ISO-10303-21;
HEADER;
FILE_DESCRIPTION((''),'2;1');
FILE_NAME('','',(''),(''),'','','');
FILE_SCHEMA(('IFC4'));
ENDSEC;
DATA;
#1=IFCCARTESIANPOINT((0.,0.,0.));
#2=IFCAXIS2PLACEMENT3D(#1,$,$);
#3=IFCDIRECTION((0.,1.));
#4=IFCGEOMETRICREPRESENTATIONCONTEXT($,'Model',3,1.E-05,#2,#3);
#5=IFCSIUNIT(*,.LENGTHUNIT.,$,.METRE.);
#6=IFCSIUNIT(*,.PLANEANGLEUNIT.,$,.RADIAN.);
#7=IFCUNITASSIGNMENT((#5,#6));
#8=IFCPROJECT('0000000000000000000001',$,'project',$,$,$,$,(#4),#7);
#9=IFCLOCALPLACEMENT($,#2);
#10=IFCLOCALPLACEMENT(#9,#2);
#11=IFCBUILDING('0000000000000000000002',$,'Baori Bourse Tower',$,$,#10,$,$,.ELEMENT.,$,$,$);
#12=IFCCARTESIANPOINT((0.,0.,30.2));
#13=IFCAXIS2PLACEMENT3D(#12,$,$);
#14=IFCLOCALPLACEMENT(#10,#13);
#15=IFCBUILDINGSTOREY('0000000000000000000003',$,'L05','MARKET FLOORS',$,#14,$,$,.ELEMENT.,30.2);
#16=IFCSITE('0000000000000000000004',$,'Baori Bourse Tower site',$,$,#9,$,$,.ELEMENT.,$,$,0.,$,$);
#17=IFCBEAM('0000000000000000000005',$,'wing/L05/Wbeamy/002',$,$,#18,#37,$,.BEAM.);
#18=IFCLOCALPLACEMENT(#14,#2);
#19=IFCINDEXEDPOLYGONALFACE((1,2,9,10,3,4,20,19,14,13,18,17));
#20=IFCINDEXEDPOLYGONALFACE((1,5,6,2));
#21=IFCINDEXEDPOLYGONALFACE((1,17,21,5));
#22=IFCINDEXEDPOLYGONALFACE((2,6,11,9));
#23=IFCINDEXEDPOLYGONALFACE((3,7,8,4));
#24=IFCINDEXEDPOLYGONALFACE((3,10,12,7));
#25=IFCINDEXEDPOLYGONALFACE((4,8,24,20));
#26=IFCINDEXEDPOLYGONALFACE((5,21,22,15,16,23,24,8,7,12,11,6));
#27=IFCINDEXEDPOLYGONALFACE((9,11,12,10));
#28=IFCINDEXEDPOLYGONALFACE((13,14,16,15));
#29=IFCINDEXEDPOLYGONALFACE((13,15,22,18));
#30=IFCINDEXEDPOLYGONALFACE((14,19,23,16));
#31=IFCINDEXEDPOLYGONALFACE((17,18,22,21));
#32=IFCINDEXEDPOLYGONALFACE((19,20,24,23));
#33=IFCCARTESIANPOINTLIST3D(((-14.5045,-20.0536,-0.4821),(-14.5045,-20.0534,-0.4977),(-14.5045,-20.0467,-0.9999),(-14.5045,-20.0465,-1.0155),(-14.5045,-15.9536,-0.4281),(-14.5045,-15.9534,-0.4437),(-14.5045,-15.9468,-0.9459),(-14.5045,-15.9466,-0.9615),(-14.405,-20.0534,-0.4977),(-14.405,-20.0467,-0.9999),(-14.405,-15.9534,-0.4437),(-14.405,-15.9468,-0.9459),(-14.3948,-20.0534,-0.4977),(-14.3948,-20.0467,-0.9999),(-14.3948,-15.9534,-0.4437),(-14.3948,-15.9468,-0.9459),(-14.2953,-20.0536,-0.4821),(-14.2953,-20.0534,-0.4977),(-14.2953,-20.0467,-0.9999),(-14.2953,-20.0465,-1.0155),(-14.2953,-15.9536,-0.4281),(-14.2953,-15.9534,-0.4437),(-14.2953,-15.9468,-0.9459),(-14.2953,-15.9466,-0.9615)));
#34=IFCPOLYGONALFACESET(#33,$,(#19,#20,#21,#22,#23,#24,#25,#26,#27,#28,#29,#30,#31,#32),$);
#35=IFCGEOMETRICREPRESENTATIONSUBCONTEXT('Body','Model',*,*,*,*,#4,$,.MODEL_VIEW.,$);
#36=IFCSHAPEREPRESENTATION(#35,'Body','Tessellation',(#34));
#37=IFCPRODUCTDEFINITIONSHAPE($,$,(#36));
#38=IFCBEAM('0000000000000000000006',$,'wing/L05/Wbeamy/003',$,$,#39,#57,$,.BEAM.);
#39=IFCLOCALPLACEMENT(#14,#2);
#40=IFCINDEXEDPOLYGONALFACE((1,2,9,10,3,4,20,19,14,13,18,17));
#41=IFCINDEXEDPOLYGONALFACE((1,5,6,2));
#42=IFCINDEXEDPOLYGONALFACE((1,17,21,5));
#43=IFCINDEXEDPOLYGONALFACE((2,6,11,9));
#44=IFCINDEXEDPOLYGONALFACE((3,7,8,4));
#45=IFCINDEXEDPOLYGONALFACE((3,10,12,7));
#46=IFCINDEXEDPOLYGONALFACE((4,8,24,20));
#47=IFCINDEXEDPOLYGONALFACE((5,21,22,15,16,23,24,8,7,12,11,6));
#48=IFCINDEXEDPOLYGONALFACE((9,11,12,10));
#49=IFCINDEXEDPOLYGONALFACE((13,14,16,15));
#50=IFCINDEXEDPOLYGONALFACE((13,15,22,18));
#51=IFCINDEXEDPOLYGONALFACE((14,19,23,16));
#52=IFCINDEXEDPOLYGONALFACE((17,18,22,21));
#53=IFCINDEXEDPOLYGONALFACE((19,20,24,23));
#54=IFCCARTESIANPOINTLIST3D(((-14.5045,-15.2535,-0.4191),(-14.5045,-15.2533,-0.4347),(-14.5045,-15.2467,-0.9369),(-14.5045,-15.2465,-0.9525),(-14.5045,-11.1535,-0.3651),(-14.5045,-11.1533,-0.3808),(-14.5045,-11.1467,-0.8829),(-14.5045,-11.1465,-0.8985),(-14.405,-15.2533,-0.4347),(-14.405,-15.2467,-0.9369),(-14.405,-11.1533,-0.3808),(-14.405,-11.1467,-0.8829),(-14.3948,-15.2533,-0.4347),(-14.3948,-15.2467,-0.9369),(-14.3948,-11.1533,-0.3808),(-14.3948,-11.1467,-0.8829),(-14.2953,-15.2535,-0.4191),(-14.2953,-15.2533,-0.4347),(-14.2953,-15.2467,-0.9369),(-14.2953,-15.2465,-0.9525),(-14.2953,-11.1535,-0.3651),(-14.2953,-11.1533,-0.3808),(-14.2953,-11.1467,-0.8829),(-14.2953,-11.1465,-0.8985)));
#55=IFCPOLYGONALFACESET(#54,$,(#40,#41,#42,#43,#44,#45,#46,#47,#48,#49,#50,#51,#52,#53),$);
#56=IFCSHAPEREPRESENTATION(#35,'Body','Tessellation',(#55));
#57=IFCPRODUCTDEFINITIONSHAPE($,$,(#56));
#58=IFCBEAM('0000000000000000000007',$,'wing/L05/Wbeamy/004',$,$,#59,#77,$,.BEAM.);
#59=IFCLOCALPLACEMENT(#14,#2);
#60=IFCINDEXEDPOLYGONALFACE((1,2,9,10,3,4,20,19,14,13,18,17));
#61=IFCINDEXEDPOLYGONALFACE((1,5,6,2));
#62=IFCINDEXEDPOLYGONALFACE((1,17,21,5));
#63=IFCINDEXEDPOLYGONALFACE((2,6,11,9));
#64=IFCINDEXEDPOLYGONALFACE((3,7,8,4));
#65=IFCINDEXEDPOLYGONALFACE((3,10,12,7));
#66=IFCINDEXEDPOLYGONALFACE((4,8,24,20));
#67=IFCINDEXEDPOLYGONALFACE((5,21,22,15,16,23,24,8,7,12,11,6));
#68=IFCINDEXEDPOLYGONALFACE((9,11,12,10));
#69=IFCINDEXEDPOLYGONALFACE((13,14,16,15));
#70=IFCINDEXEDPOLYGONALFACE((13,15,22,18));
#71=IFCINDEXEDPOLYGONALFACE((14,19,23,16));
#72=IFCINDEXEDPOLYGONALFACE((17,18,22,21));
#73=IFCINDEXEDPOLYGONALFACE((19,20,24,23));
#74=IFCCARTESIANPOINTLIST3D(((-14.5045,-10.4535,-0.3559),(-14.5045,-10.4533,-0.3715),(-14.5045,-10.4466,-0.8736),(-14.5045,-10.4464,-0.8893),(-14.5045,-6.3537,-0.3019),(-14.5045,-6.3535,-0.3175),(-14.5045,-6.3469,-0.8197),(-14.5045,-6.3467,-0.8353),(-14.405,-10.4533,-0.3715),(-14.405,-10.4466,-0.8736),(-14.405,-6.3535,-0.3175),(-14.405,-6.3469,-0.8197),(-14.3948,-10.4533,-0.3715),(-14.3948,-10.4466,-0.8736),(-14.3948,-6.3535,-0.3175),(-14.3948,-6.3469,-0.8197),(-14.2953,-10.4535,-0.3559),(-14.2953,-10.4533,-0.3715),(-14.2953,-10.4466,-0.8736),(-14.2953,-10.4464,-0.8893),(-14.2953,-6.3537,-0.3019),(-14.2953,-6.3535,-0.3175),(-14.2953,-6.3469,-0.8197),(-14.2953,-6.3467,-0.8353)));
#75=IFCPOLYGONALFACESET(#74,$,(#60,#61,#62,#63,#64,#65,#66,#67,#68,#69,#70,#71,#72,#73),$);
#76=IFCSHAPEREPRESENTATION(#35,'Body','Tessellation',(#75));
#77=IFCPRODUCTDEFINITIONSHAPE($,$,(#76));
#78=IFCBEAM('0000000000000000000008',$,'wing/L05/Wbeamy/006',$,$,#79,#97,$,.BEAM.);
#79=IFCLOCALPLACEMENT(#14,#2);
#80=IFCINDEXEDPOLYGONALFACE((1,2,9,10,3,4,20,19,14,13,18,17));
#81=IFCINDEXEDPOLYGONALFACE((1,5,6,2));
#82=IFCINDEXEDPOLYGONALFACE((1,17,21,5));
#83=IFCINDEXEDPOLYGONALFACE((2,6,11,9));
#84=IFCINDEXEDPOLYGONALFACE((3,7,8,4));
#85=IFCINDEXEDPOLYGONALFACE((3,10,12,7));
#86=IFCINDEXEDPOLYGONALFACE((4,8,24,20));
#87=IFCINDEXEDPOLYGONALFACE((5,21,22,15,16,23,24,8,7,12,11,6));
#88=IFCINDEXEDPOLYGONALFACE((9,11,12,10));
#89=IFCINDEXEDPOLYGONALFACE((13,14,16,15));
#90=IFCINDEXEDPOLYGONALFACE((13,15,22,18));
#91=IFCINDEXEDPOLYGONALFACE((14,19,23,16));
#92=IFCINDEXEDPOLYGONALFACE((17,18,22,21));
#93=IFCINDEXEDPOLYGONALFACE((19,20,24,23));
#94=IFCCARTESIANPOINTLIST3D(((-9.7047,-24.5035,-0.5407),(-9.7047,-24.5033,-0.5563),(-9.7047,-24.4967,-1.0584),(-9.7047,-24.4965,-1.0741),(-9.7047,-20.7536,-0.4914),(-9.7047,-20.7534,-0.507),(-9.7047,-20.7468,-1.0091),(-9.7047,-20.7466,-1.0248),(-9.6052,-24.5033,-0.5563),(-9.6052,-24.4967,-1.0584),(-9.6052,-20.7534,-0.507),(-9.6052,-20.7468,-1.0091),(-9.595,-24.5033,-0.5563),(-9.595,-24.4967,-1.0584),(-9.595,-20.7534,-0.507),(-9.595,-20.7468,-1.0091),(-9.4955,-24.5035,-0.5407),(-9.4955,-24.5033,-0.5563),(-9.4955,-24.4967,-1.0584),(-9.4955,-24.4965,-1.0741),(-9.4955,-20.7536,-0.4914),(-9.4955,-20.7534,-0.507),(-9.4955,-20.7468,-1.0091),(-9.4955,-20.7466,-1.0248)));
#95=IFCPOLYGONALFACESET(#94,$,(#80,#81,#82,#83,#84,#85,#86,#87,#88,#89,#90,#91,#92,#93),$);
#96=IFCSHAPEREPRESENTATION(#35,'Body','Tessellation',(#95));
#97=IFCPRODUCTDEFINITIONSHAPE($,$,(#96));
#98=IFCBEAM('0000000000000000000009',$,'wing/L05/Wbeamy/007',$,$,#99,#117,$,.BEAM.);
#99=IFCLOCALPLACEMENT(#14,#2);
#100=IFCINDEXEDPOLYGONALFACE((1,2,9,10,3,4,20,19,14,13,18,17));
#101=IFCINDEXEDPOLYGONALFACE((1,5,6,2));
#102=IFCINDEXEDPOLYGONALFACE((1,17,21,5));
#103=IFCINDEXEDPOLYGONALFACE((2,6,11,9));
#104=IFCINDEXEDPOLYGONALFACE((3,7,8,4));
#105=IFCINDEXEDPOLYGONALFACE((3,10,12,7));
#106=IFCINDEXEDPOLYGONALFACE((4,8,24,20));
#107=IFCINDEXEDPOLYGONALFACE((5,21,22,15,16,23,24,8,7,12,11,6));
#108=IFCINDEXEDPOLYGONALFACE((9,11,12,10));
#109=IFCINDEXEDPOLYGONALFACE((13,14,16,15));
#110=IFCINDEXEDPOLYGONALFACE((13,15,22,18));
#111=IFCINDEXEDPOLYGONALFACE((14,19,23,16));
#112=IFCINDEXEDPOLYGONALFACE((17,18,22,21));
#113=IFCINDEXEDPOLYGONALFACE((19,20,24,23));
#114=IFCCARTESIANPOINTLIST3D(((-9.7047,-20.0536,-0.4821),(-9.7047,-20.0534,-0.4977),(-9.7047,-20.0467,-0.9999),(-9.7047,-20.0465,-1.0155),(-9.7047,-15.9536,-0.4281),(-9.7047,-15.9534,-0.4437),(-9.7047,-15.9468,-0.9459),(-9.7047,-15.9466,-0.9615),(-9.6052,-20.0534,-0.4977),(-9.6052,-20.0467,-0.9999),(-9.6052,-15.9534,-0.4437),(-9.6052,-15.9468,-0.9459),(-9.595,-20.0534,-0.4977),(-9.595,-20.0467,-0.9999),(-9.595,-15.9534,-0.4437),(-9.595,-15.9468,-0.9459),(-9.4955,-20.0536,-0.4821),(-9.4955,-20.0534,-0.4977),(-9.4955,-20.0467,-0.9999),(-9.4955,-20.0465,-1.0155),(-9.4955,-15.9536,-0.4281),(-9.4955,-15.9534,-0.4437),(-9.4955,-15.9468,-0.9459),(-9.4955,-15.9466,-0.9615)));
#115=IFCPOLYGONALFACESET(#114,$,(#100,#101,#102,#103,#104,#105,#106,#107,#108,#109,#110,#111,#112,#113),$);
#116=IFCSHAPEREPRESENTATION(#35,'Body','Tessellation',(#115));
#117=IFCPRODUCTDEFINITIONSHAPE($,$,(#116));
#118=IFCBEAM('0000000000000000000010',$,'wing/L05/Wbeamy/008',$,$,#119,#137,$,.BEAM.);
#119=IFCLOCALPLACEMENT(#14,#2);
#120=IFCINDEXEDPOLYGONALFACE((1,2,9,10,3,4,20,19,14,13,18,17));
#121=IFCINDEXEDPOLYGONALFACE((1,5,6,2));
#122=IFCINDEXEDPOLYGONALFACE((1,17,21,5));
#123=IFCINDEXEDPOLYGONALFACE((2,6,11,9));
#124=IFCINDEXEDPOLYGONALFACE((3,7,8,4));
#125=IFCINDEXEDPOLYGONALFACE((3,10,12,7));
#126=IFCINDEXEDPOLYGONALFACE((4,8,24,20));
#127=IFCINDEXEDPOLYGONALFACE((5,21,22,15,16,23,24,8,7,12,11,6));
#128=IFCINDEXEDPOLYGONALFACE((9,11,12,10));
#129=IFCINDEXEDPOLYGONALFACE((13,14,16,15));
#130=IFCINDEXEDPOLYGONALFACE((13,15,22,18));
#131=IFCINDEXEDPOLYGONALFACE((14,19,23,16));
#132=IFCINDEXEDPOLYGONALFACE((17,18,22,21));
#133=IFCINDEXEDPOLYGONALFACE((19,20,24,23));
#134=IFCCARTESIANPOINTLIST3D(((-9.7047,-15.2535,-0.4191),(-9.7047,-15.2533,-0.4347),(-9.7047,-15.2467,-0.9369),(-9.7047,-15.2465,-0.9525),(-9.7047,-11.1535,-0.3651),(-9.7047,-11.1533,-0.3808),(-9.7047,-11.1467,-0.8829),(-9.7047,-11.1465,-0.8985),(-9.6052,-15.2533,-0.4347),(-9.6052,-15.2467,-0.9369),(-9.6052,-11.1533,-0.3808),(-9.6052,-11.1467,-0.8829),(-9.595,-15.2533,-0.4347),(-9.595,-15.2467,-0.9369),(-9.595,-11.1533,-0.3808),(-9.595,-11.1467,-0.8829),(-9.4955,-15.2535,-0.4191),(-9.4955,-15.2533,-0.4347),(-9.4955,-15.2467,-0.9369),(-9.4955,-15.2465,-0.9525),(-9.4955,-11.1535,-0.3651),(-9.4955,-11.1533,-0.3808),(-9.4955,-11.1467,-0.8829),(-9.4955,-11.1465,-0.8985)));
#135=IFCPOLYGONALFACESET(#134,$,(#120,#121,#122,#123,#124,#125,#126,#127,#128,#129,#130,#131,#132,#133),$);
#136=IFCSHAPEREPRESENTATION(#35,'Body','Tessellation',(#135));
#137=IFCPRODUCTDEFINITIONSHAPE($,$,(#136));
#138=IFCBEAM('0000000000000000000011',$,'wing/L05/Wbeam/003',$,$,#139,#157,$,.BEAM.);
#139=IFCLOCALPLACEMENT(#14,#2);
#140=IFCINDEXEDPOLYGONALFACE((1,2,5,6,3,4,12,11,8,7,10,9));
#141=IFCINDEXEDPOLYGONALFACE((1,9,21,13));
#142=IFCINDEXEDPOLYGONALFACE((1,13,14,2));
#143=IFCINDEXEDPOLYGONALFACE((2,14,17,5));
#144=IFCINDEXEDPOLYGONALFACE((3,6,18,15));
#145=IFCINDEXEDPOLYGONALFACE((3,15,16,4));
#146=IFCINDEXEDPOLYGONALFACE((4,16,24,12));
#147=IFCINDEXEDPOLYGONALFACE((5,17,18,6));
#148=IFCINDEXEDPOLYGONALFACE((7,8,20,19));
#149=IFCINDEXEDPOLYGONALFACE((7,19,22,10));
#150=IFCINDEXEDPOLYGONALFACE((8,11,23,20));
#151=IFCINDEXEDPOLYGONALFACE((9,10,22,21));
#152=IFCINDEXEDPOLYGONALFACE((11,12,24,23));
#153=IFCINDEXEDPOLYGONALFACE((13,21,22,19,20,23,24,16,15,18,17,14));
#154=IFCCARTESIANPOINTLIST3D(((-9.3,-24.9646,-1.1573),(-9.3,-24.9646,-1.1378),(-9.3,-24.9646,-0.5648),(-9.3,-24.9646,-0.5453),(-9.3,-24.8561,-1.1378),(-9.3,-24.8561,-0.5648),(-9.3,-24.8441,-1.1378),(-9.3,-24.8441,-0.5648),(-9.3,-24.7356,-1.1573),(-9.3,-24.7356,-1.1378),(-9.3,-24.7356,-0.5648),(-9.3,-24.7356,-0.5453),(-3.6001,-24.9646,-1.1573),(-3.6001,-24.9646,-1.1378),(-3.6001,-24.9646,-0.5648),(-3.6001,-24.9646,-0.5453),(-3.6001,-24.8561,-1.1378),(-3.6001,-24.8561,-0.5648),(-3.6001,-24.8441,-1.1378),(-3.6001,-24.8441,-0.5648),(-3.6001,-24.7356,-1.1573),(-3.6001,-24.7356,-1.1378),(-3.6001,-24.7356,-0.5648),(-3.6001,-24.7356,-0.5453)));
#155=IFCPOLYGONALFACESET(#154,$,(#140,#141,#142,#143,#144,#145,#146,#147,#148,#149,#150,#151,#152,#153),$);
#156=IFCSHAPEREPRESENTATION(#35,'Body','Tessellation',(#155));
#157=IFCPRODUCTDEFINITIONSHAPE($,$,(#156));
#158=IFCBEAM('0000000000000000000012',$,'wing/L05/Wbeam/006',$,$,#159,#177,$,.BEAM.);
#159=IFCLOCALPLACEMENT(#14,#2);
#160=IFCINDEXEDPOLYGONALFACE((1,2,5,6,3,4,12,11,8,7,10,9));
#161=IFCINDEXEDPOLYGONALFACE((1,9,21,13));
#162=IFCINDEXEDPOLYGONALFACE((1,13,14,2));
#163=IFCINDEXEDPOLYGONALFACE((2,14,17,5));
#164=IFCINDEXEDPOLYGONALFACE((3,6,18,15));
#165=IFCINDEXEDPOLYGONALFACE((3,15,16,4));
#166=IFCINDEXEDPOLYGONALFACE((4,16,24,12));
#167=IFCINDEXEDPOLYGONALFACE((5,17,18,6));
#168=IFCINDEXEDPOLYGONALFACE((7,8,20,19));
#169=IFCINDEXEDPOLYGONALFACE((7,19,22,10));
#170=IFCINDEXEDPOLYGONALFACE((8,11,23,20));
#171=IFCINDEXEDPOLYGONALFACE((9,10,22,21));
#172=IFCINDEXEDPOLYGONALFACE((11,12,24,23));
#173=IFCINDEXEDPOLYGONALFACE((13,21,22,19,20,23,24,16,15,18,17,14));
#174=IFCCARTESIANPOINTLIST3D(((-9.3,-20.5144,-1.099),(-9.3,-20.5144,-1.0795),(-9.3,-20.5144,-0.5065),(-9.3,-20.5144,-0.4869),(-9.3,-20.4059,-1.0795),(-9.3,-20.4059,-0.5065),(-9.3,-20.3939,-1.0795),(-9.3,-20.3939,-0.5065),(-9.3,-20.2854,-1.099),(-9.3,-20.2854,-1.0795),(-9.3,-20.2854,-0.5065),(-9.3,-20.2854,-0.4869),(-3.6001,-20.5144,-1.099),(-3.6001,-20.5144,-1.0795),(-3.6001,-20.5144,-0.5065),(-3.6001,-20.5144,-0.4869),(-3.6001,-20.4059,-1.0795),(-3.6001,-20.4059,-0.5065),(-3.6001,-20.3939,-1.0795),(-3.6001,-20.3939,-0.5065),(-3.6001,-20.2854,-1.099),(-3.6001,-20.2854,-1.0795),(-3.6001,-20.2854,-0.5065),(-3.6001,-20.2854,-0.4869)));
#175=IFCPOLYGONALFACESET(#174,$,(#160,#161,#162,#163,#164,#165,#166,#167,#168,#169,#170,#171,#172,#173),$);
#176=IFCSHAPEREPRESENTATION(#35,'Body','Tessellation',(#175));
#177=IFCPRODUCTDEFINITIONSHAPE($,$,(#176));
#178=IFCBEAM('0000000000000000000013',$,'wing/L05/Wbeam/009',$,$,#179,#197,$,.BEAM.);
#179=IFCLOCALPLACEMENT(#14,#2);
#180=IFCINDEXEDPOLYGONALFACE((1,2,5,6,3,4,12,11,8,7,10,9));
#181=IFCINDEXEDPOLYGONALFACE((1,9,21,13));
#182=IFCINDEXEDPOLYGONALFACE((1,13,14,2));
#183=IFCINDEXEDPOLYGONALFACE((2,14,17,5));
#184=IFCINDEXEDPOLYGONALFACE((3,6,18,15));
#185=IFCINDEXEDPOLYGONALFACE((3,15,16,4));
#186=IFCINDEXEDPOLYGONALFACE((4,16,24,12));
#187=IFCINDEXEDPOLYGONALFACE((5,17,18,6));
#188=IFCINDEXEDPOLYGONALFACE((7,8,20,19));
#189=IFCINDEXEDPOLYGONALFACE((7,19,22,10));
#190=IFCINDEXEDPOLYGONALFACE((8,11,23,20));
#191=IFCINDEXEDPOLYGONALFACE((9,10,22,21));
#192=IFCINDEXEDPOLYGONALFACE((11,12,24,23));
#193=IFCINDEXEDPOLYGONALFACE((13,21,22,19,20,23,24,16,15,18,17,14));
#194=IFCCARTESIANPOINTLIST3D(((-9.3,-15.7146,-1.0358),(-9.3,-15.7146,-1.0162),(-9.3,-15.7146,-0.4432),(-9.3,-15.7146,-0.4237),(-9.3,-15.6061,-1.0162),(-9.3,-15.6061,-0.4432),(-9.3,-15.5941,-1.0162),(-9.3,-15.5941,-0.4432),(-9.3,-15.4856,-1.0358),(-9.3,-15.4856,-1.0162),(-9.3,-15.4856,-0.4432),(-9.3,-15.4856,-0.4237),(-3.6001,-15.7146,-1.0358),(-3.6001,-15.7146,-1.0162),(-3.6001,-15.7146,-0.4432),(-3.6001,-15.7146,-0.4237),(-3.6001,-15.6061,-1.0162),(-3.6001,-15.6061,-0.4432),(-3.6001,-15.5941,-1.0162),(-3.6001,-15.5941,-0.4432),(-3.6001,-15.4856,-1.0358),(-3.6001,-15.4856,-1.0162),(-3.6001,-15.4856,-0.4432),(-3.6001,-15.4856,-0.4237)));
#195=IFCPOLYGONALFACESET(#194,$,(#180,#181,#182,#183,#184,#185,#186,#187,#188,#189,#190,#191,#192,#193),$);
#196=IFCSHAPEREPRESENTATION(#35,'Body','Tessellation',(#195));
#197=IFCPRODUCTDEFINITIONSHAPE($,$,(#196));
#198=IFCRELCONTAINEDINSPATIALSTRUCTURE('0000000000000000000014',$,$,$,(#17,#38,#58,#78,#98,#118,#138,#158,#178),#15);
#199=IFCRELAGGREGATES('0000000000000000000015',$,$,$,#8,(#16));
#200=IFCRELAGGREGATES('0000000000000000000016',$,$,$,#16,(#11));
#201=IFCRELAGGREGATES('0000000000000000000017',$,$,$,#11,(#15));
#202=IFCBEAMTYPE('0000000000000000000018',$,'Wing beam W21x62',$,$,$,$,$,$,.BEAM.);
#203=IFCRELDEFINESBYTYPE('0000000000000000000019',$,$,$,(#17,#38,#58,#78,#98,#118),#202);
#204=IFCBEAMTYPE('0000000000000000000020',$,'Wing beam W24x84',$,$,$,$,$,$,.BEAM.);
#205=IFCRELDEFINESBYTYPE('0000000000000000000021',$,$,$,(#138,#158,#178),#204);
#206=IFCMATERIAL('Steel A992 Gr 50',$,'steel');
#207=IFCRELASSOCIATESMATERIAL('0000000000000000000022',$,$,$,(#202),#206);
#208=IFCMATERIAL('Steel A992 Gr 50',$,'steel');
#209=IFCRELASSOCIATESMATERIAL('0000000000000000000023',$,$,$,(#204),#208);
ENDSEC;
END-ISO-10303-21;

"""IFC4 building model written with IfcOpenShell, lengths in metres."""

from ifc_helpers import new_model, si_unit, direction, frame, origin, origin_2d, place, context, subcontext, project, spatial, i_section, extrude, material, material_profile, profile_set, type_object, element, save


model = new_model("IFC4")

# Units and contexts
model_context = context("Model", 3, precision=1e-05, world=origin(), true_north=direction((0.0, 1.0)))
body_context = subcontext(model_context, "Body", "Model", "MODEL_VIEW")
ifc_project = project(units=[si_unit("LENGTHUNIT", "METRE"), si_unit("PLANEANGLEUNIT", "RADIAN")], contexts=[model_context])

# Site, building, storey
site_placement = place(None, origin())
site = spatial("IfcSite", under=ifc_project, at=site_placement, Name="Baori Bourse Tower site", CompositionType="ELEMENT", RefElevation=0.0)
building_placement = place(site_placement, origin())
building = spatial("IfcBuilding", under=site, at=building_placement, Name="Baori Bourse Tower", CompositionType="ELEMENT")
storey_placement = place(building_placement, frame((0.0, 0.0, 30.2)))
storey = spatial("IfcBuildingStorey", under=building, at=storey_placement, Name="L05", Description="MARKET FLOORS", CompositionType="ELEMENT", Elevation=30.2)

# Beams
ifc_material_1 = material(Name="Steel A992 Gr 50", Category="steel")
ifc_material_profile_1 = material_profile(ifc_material_1, i_section(OverallWidth=0.2092, OverallDepth=0.5334, WebThickness=0.0103, FlangeThickness=0.0156, at=origin_2d()), Name="W21x62")
ifc_profile_set_1 = profile_set([ifc_material_profile_1], Name="Steel A992 Gr 50")
beam_type_1 = type_object("IfcBeamType", Name="Wing beam W21x62", PredefinedType="BEAM", material=ifc_profile_set_1)
for number, where, z_axis, x_axis, name in (
    (1, (-14.3999, -20.05, -0.7488), (0.0, 0.999913, 0.013158), (-1.0, 0.0, 0.0), "wing/L05/Wbeamy/002"),
    (2, (-14.3999, -15.25, -0.6858), (0.0, 0.999913, 0.013158), (-1.0, 0.0, 0.0), "wing/L05/Wbeamy/003"),
):
    element("IfcBeam", number, at=place(storey_placement, frame(where, z_axis=z_axis, x_axis=x_axis)), inside=storey, type_object=beam_type_1, Name=name, PredefinedType="BEAM", context=body_context, shape_type="SweptSolid", body=[
        extrude(i_section(OverallWidth=0.2092, OverallDepth=0.5334, WebThickness=0.0103, FlangeThickness=0.0156, at=origin_2d()), origin(), (0.0, 0.0, 1.0), 4.1003),
    ])
beam_1_placement = place(storey_placement, frame((-14.3999, -10.45, -0.6226), z_axis=(0.0, 0.999913, 0.013159), x_axis=(-1.0, 0.0, 0.0)))
element("IfcBeam", 3, at=beam_1_placement, inside=storey, type_object=beam_type_1, Name="wing/L05/Wbeamy/004", PredefinedType="BEAM", context=body_context, shape_type="SweptSolid", body=[
    extrude(i_section(OverallWidth=0.2092, OverallDepth=0.5334, WebThickness=0.0103, FlangeThickness=0.0156, at=origin_2d()), origin(), (0.0, 0.0, 1.0), 4.1001),
])
beam_2_placement = place(storey_placement, frame((-9.6001, -24.5, -0.8074), z_axis=(0.0, 0.999914, 0.01315), x_axis=(-1.0, 0.0, 0.0)))
element("IfcBeam", 4, at=beam_2_placement, inside=storey, type_object=beam_type_1, Name="wing/L05/Wbeamy/006", PredefinedType="BEAM", context=body_context, shape_type="SweptSolid", body=[
    extrude(i_section(OverallWidth=0.2092, OverallDepth=0.5334, WebThickness=0.0103, FlangeThickness=0.0156, at=origin_2d()), origin(), (0.0, 0.0, 1.0), 3.7502),
])
for number, where, z_axis, x_axis, name in (
    (5, (-9.6001, -20.05, -0.7488), (0.0, 0.999913, 0.013158), (-1.0, 0.0, 0.0), "wing/L05/Wbeamy/007"),
    (6, (-9.6001, -15.25, -0.6858), (0.0, 0.999913, 0.013158), (-1.0, 0.0, 0.0), "wing/L05/Wbeamy/008"),
):
    element("IfcBeam", number, at=place(storey_placement, frame(where, z_axis=z_axis, x_axis=x_axis)), inside=storey, type_object=beam_type_1, Name=name, PredefinedType="BEAM", context=body_context, shape_type="SweptSolid", body=[
        extrude(i_section(OverallWidth=0.2092, OverallDepth=0.5334, WebThickness=0.0103, FlangeThickness=0.0156, at=origin_2d()), origin(), (0.0, 0.0, 1.0), 4.1003),
    ])
ifc_material_2 = material(Name="Steel A992 Gr 50", Category="steel")
ifc_material_profile_2 = material_profile(ifc_material_2, i_section(OverallWidth=0.229, OverallDepth=0.6121, WebThickness=0.012, FlangeThickness=0.0195, at=origin_2d()), Name="W24x84")
ifc_profile_set_2 = profile_set([ifc_material_profile_2], Name="Steel A992 Gr 50")
beam_type_2 = type_object("IfcBeamType", Name="Wing beam W24x84", PredefinedType="BEAM", material=ifc_profile_set_2)
for number, where, z_axis, x_axis, name in (
    (7, (-9.3, -24.8501, -0.8513), (1.0, 0.0, 0.0), (0.0, 1.0, 0.0), "wing/L05/Wbeam/003"),
    (8, (-9.3, -20.3999, -0.793), (1.0, 0.0, 0.0), (0.0, 1.0, 0.0), "wing/L05/Wbeam/006"),
    (9, (-9.3, -15.6001, -0.7297), (1.0, 0.0, 0.0), (0.0, 1.0, 0.0), "wing/L05/Wbeam/009"),
):
    element("IfcBeam", number, at=place(storey_placement, frame(where, z_axis=z_axis, x_axis=x_axis)), inside=storey, type_object=beam_type_2, Name=name, PredefinedType="BEAM", context=body_context, shape_type="SweptSolid", body=[
        extrude(i_section(OverallWidth=0.229, OverallDepth=0.6121, WebThickness=0.012, FlangeThickness=0.0195, at=origin_2d()), origin(), (0.0, 0.0, 1.0), 5.7),
    ])

save(model, "model.ifc")
